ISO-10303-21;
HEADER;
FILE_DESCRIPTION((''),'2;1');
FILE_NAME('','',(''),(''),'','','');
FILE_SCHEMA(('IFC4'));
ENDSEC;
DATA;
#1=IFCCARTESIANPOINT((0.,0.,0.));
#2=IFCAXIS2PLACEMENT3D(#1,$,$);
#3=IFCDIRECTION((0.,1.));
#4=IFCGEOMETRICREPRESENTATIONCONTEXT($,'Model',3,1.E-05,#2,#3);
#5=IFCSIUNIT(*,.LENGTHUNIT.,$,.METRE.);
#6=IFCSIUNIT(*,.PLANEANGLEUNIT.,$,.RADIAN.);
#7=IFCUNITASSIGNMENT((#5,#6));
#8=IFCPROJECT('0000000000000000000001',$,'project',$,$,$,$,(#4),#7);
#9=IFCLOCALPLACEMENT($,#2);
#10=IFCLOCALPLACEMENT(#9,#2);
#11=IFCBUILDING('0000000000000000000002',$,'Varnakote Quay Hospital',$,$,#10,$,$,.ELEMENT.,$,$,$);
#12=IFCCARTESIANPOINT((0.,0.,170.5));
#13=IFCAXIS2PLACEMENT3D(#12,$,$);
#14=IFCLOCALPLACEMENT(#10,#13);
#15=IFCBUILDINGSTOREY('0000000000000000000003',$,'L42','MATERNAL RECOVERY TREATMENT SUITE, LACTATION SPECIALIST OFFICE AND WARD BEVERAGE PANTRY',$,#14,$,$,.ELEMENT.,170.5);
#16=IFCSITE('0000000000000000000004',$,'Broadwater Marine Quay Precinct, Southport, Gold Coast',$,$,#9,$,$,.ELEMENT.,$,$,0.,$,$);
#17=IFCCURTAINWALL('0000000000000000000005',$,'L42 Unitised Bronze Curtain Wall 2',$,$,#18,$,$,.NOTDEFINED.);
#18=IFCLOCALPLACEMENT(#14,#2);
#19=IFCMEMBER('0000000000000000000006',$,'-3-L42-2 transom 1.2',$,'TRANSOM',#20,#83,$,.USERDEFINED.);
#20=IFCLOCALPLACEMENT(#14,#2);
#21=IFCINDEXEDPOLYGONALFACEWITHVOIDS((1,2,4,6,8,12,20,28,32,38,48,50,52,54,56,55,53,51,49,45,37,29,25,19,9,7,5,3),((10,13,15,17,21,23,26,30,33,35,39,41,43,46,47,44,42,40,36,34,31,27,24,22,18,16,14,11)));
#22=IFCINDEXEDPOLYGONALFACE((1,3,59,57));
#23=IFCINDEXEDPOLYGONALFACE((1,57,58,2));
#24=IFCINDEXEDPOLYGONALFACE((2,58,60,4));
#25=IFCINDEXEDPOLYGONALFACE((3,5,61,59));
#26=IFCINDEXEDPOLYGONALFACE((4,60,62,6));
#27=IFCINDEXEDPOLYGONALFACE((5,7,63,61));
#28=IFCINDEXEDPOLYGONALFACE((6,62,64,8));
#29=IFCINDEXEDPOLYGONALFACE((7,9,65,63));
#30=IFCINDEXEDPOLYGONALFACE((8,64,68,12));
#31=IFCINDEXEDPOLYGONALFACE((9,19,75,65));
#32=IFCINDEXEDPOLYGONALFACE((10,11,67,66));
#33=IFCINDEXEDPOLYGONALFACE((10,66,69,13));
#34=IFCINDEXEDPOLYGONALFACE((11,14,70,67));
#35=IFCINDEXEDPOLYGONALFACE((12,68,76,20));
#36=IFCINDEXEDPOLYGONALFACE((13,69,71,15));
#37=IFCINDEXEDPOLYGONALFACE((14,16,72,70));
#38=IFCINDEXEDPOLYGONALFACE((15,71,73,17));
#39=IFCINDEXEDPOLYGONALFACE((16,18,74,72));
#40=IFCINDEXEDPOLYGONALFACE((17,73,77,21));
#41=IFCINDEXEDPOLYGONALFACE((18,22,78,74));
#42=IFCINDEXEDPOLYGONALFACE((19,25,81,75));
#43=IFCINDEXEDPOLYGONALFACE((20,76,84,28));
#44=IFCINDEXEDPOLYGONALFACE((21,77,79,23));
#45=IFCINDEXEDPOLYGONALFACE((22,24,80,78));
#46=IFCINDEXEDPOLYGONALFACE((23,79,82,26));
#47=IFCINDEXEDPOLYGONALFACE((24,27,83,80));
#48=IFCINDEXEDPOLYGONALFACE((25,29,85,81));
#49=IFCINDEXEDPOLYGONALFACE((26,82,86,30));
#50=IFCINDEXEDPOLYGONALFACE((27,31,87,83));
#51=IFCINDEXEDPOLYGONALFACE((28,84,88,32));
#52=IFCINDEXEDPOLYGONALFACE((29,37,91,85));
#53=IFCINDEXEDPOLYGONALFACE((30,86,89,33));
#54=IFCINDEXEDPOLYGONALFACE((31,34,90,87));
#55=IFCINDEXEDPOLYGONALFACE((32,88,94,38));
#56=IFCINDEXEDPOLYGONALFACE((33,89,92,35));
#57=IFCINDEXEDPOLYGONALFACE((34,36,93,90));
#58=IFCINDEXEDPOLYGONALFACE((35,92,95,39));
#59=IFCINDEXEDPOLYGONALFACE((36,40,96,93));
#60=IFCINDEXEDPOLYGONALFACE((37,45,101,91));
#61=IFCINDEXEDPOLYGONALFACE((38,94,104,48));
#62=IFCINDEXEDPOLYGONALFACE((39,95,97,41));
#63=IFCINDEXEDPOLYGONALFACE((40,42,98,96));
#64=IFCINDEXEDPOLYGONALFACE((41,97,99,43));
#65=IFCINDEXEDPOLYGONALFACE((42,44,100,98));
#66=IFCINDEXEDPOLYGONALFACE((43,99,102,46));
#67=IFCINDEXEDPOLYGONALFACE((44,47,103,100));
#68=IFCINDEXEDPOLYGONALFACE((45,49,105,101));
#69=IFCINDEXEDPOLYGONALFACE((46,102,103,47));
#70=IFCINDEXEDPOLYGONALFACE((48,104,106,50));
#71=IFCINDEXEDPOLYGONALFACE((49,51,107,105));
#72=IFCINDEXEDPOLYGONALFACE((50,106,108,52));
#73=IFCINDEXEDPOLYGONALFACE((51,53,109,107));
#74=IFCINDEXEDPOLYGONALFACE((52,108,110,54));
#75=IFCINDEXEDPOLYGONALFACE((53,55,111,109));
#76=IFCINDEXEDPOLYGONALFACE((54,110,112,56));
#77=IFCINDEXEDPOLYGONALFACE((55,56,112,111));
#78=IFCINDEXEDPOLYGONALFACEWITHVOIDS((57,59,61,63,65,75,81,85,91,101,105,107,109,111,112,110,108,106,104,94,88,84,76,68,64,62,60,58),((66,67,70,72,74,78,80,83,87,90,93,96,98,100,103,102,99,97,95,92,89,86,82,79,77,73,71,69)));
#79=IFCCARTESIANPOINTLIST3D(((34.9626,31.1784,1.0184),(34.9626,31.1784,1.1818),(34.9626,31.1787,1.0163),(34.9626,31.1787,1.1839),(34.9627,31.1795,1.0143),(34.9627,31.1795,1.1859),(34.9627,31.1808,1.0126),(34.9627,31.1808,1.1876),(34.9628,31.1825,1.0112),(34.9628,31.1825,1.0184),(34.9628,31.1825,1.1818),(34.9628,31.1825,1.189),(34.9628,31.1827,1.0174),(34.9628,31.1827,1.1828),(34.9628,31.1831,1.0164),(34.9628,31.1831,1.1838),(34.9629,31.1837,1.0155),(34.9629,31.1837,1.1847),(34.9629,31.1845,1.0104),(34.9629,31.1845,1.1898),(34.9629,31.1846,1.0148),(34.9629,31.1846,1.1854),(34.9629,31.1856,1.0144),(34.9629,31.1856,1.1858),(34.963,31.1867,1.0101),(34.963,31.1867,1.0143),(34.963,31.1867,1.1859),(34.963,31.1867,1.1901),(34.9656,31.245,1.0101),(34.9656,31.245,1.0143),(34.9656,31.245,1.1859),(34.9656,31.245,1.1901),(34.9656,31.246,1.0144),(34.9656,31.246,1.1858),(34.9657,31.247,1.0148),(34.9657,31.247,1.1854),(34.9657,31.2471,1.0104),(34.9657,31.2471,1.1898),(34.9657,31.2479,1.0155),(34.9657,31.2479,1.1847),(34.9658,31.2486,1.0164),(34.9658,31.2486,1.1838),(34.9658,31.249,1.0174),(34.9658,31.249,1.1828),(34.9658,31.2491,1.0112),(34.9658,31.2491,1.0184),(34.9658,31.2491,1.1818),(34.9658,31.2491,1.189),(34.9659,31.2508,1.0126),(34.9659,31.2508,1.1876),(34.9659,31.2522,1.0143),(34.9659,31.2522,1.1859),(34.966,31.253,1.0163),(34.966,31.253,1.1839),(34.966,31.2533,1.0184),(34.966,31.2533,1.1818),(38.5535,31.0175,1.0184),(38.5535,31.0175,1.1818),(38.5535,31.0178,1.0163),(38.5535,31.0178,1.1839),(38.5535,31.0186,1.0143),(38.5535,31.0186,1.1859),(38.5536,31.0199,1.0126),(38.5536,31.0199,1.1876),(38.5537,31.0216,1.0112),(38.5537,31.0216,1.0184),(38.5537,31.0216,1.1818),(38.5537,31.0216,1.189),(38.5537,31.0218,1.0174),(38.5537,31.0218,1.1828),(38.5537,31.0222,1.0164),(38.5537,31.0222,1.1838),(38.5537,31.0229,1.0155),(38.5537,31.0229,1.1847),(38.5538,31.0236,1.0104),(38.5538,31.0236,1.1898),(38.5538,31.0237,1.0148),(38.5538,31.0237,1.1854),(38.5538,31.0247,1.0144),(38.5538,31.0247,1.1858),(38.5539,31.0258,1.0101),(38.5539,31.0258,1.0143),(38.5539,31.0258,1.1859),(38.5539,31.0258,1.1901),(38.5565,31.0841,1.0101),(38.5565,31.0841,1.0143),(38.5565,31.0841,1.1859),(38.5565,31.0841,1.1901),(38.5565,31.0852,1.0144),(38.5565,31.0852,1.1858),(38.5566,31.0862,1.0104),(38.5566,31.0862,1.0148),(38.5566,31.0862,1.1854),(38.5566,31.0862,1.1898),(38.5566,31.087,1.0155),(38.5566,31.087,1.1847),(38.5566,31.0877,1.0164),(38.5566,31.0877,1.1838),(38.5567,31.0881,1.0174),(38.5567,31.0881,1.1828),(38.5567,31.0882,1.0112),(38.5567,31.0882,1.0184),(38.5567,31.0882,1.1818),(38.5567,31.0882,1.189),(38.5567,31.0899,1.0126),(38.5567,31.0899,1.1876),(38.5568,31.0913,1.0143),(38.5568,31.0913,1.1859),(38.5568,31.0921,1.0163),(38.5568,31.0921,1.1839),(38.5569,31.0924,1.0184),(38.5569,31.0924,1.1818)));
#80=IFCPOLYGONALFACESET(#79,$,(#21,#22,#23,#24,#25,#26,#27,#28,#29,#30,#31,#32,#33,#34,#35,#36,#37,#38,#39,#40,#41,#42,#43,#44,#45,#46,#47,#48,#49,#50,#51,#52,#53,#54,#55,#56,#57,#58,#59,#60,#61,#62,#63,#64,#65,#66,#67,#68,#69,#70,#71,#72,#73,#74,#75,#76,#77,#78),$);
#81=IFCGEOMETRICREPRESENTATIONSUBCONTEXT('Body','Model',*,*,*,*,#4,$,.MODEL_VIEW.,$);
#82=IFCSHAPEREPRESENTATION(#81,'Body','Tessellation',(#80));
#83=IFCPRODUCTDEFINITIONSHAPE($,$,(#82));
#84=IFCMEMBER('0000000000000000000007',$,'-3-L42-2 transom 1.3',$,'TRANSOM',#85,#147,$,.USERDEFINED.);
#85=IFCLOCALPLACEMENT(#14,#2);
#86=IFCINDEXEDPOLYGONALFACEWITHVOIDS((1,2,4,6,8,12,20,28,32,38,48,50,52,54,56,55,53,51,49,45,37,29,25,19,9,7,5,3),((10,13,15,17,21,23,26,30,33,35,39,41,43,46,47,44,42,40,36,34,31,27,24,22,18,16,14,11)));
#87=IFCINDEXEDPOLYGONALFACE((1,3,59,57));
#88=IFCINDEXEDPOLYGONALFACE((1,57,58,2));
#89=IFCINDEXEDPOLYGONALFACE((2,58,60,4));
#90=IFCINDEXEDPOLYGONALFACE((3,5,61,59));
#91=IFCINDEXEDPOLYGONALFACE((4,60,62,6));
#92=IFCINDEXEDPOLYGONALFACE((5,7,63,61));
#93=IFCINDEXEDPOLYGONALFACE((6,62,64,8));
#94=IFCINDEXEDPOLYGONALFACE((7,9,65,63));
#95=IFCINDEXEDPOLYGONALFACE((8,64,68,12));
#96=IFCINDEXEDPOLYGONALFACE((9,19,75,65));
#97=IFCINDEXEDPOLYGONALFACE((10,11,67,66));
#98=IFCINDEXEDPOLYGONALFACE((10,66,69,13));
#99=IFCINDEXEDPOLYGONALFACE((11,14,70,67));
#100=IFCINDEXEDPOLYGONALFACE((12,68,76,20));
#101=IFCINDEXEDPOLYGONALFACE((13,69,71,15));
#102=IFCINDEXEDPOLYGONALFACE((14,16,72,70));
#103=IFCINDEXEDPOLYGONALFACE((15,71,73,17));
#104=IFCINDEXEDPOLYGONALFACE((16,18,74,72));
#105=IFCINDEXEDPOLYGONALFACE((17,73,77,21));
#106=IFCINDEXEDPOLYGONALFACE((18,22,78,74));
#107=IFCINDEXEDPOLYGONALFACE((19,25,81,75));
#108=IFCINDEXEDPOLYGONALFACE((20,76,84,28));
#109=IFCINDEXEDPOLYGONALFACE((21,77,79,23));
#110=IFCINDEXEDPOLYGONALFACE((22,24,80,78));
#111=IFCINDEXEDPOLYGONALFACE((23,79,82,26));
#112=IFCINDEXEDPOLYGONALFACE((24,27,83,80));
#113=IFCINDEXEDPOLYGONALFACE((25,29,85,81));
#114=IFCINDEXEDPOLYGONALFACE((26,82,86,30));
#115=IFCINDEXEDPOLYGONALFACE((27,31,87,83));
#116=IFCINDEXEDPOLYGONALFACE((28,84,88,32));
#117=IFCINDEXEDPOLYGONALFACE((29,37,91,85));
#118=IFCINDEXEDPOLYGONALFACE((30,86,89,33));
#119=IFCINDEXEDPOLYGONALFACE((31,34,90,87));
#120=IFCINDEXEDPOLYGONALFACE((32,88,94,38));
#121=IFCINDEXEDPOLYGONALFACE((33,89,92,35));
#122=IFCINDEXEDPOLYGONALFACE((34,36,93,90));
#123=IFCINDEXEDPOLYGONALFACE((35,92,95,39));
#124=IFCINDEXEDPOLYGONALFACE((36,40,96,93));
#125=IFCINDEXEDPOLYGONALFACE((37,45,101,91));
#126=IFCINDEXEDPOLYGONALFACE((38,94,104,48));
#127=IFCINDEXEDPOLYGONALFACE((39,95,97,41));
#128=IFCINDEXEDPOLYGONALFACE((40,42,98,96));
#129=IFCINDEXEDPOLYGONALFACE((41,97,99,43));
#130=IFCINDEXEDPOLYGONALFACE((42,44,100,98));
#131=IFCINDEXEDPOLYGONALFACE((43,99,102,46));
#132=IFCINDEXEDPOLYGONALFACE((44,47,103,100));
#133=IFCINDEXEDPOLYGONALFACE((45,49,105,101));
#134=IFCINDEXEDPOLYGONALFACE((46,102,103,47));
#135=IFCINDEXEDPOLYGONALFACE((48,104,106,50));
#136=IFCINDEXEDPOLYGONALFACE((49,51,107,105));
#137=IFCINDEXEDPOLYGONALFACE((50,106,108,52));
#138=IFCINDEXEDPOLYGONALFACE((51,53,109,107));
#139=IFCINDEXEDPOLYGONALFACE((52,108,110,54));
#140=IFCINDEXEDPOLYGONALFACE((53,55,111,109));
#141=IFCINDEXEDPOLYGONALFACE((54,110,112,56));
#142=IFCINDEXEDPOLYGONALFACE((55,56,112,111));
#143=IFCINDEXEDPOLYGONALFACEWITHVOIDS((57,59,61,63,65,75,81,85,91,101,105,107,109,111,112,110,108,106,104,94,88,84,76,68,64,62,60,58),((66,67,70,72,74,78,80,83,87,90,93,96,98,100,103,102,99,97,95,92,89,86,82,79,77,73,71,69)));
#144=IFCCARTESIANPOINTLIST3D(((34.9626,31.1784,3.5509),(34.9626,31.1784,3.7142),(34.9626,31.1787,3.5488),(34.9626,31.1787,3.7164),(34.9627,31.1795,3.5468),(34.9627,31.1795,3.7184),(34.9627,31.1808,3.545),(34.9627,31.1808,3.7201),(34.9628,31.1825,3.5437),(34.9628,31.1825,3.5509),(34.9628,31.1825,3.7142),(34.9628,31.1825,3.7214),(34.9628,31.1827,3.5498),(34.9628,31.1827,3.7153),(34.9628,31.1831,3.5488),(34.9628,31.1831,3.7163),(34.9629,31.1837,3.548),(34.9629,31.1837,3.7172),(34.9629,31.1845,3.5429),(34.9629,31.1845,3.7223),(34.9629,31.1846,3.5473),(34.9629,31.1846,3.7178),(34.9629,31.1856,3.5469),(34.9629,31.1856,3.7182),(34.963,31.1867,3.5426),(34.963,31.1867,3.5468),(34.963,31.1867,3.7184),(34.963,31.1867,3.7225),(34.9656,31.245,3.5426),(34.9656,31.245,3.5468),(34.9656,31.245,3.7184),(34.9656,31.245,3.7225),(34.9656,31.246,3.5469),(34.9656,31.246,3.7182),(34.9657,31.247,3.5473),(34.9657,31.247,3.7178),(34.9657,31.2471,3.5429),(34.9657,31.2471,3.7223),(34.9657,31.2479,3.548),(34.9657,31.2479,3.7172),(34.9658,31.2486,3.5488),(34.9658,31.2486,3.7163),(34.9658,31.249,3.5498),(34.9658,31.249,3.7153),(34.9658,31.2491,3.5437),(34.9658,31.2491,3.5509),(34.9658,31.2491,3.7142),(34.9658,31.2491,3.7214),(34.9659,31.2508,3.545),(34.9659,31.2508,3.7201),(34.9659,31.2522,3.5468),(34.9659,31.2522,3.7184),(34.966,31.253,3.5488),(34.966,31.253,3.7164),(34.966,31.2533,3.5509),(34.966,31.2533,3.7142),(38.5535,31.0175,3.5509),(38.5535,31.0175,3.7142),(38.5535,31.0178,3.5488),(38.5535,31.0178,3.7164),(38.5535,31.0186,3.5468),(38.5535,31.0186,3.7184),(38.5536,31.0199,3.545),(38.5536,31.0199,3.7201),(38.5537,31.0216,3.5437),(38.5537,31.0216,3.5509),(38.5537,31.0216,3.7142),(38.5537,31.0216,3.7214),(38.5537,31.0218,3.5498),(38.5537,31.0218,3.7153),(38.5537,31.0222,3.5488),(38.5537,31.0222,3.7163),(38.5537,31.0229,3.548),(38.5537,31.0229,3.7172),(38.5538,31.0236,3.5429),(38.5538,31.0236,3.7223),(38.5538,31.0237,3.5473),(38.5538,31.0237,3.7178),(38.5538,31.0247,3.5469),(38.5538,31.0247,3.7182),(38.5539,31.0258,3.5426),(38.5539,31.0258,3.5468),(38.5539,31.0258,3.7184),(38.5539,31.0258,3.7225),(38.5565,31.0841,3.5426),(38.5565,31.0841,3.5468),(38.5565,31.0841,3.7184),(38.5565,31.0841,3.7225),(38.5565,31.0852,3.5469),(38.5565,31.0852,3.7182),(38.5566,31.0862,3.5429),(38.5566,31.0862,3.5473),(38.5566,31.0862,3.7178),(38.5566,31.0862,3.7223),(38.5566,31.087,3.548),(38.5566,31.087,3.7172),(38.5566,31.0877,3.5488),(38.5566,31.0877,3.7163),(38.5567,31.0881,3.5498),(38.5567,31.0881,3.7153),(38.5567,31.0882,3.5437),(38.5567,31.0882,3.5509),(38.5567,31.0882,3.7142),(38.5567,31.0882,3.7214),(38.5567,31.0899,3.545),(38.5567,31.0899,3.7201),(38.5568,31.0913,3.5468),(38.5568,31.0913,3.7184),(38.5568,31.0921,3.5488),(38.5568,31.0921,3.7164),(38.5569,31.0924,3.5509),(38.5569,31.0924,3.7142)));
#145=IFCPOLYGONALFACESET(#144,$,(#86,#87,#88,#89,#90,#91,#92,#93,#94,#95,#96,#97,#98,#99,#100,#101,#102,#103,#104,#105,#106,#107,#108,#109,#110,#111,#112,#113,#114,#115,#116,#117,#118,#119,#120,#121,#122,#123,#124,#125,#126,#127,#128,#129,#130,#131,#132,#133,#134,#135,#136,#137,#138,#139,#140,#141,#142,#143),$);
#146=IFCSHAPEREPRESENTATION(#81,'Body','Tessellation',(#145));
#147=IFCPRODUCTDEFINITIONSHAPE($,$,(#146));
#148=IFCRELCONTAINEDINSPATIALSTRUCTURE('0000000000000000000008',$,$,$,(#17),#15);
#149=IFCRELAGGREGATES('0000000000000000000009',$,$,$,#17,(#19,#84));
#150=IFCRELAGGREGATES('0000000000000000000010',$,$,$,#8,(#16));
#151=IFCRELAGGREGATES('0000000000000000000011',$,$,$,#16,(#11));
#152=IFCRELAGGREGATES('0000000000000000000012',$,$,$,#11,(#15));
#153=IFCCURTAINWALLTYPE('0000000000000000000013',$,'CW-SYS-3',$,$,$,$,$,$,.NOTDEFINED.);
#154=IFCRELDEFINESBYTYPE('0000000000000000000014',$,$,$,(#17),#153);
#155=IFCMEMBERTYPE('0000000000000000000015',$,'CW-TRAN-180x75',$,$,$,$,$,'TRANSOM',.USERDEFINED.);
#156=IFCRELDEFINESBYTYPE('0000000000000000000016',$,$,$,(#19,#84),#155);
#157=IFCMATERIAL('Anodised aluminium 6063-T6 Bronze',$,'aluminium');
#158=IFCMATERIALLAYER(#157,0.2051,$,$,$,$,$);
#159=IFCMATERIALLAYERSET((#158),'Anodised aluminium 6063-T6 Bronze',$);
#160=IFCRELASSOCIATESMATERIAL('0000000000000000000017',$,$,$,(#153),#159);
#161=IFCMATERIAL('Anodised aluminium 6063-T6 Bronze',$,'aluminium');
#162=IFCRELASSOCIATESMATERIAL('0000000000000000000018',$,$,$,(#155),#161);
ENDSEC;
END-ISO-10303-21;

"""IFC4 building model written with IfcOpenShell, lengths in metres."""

from ifc_helpers import new_model, si_unit, direction, frame, origin, origin_2d, place, context, subcontext, project, spatial, hollow_rectangle, extrude, material, layer, layer_set, material_profile, profile_set, type_object, element, aggregate, save


model = new_model("IFC4")

# Units and contexts
model_context = context("Model", 3, precision=1e-05, world=origin(), true_north=direction((0.0, 1.0)))
body_context = subcontext(model_context, "Body", "Model", "MODEL_VIEW")
ifc_project = project(units=[si_unit("LENGTHUNIT", "METRE"), si_unit("PLANEANGLEUNIT", "RADIAN")], contexts=[model_context])

# Site, building, storey
site_placement = place(None, origin())
site = spatial("IfcSite", under=ifc_project, at=site_placement, Name="Broadwater Marine Quay Precinct, Southport, Gold Coast", CompositionType="ELEMENT", RefElevation=0.0)
building_placement = place(site_placement, origin())
building = spatial("IfcBuilding", under=site, at=building_placement, Name="Varnakote Quay Hospital", CompositionType="ELEMENT")
storey_placement = place(building_placement, frame((0.0, 0.0, 170.5)))
storey = spatial("IfcBuildingStorey", under=building, at=storey_placement, Name="L42", Description="MATERNAL RECOVERY TREATMENT SUITE, LACTATION SPECIALIST OFFICE AND WARD BEVERAGE PANTRY", CompositionType="ELEMENT", Elevation=170.5)

# Shared definitions
ifc_material_1 = material(Name="Anodised aluminium 6063-T6 Bronze", Category="aluminium")
ifc_layer_1 = layer(ifc_material_1, 0.2051)
ifc_layer_set_1 = layer_set([ifc_layer_1], Name="Anodised aluminium 6063-T6 Bronze")
curtain_wall_type = type_object("IfcCurtainWallType", Name="CW-SYS-3", PredefinedType="NOTDEFINED", material=ifc_layer_set_1)

# Curtain wall, members
curtain_wall_1_placement = place(storey_placement, origin())
curtain_wall_1 = element("IfcCurtainWall", 1, at=curtain_wall_1_placement, inside=storey, type_object=curtain_wall_type, Name="L42 Unitised Bronze Curtain Wall 2", PredefinedType="NOTDEFINED")
ifc_material_2 = material(Name="Anodised aluminium 6063-T6 Bronze", Category="aluminium")
ifc_material_profile_1 = material_profile(ifc_material_2, hollow_rectangle(XDim=0.075, YDim=0.1799, WallThickness=0.0042, InnerFilletRadius=0.0042, OuterFilletRadius=0.0083, at=origin_2d()), Name="CW-TRAN-180x75")
ifc_profile_set_1 = profile_set([ifc_material_profile_1], Name="Anodised aluminium 6063-T6 Bronze")
member_type_1 = type_object("IfcMemberType", Name="CW-TRAN-180x75", ElementType="TRANSOM", PredefinedType="USERDEFINED", material=ifc_profile_set_1)
member_1_placement = place(storey_placement, frame((38.5552, 31.0549, 1.1001), z_axis=(-0.998998, 0.044761, 0.0), x_axis=(-0.044761, -0.998998, 0.0)))
member_1 = element("IfcMember", 2, at=member_1_placement, type_object=member_type_1, Name="-3-L42-2 transom 1.2", ObjectType="TRANSOM", PredefinedType="USERDEFINED", context=body_context, shape_type="SweptSolid", body=[
    extrude(hollow_rectangle(XDim=0.075, YDim=0.1799, WallThickness=0.0042, InnerFilletRadius=0.0042, OuterFilletRadius=0.0083, at=origin_2d()), origin(), (0.0, 0.0, 1.0), 3.5945),
])
member_2_placement = place(storey_placement, frame((38.5552, 31.0549, 3.6326), z_axis=(-0.998998, 0.044761, 0.0), x_axis=(-0.044761, -0.998998, 0.0)))
member_2 = element("IfcMember", 3, at=member_2_placement, type_object=member_type_1, Name="-3-L42-2 transom 1.3", ObjectType="TRANSOM", PredefinedType="USERDEFINED", context=body_context, shape_type="SweptSolid", body=[
    extrude(hollow_rectangle(XDim=0.075, YDim=0.1799, WallThickness=0.0042, InnerFilletRadius=0.0042, OuterFilletRadius=0.0083, at=origin_2d()), origin(), (0.0, 0.0, 1.0), 3.5945),
])

aggregate(curtain_wall_1, [member_1, member_2])

save(model, "model.ifc")
